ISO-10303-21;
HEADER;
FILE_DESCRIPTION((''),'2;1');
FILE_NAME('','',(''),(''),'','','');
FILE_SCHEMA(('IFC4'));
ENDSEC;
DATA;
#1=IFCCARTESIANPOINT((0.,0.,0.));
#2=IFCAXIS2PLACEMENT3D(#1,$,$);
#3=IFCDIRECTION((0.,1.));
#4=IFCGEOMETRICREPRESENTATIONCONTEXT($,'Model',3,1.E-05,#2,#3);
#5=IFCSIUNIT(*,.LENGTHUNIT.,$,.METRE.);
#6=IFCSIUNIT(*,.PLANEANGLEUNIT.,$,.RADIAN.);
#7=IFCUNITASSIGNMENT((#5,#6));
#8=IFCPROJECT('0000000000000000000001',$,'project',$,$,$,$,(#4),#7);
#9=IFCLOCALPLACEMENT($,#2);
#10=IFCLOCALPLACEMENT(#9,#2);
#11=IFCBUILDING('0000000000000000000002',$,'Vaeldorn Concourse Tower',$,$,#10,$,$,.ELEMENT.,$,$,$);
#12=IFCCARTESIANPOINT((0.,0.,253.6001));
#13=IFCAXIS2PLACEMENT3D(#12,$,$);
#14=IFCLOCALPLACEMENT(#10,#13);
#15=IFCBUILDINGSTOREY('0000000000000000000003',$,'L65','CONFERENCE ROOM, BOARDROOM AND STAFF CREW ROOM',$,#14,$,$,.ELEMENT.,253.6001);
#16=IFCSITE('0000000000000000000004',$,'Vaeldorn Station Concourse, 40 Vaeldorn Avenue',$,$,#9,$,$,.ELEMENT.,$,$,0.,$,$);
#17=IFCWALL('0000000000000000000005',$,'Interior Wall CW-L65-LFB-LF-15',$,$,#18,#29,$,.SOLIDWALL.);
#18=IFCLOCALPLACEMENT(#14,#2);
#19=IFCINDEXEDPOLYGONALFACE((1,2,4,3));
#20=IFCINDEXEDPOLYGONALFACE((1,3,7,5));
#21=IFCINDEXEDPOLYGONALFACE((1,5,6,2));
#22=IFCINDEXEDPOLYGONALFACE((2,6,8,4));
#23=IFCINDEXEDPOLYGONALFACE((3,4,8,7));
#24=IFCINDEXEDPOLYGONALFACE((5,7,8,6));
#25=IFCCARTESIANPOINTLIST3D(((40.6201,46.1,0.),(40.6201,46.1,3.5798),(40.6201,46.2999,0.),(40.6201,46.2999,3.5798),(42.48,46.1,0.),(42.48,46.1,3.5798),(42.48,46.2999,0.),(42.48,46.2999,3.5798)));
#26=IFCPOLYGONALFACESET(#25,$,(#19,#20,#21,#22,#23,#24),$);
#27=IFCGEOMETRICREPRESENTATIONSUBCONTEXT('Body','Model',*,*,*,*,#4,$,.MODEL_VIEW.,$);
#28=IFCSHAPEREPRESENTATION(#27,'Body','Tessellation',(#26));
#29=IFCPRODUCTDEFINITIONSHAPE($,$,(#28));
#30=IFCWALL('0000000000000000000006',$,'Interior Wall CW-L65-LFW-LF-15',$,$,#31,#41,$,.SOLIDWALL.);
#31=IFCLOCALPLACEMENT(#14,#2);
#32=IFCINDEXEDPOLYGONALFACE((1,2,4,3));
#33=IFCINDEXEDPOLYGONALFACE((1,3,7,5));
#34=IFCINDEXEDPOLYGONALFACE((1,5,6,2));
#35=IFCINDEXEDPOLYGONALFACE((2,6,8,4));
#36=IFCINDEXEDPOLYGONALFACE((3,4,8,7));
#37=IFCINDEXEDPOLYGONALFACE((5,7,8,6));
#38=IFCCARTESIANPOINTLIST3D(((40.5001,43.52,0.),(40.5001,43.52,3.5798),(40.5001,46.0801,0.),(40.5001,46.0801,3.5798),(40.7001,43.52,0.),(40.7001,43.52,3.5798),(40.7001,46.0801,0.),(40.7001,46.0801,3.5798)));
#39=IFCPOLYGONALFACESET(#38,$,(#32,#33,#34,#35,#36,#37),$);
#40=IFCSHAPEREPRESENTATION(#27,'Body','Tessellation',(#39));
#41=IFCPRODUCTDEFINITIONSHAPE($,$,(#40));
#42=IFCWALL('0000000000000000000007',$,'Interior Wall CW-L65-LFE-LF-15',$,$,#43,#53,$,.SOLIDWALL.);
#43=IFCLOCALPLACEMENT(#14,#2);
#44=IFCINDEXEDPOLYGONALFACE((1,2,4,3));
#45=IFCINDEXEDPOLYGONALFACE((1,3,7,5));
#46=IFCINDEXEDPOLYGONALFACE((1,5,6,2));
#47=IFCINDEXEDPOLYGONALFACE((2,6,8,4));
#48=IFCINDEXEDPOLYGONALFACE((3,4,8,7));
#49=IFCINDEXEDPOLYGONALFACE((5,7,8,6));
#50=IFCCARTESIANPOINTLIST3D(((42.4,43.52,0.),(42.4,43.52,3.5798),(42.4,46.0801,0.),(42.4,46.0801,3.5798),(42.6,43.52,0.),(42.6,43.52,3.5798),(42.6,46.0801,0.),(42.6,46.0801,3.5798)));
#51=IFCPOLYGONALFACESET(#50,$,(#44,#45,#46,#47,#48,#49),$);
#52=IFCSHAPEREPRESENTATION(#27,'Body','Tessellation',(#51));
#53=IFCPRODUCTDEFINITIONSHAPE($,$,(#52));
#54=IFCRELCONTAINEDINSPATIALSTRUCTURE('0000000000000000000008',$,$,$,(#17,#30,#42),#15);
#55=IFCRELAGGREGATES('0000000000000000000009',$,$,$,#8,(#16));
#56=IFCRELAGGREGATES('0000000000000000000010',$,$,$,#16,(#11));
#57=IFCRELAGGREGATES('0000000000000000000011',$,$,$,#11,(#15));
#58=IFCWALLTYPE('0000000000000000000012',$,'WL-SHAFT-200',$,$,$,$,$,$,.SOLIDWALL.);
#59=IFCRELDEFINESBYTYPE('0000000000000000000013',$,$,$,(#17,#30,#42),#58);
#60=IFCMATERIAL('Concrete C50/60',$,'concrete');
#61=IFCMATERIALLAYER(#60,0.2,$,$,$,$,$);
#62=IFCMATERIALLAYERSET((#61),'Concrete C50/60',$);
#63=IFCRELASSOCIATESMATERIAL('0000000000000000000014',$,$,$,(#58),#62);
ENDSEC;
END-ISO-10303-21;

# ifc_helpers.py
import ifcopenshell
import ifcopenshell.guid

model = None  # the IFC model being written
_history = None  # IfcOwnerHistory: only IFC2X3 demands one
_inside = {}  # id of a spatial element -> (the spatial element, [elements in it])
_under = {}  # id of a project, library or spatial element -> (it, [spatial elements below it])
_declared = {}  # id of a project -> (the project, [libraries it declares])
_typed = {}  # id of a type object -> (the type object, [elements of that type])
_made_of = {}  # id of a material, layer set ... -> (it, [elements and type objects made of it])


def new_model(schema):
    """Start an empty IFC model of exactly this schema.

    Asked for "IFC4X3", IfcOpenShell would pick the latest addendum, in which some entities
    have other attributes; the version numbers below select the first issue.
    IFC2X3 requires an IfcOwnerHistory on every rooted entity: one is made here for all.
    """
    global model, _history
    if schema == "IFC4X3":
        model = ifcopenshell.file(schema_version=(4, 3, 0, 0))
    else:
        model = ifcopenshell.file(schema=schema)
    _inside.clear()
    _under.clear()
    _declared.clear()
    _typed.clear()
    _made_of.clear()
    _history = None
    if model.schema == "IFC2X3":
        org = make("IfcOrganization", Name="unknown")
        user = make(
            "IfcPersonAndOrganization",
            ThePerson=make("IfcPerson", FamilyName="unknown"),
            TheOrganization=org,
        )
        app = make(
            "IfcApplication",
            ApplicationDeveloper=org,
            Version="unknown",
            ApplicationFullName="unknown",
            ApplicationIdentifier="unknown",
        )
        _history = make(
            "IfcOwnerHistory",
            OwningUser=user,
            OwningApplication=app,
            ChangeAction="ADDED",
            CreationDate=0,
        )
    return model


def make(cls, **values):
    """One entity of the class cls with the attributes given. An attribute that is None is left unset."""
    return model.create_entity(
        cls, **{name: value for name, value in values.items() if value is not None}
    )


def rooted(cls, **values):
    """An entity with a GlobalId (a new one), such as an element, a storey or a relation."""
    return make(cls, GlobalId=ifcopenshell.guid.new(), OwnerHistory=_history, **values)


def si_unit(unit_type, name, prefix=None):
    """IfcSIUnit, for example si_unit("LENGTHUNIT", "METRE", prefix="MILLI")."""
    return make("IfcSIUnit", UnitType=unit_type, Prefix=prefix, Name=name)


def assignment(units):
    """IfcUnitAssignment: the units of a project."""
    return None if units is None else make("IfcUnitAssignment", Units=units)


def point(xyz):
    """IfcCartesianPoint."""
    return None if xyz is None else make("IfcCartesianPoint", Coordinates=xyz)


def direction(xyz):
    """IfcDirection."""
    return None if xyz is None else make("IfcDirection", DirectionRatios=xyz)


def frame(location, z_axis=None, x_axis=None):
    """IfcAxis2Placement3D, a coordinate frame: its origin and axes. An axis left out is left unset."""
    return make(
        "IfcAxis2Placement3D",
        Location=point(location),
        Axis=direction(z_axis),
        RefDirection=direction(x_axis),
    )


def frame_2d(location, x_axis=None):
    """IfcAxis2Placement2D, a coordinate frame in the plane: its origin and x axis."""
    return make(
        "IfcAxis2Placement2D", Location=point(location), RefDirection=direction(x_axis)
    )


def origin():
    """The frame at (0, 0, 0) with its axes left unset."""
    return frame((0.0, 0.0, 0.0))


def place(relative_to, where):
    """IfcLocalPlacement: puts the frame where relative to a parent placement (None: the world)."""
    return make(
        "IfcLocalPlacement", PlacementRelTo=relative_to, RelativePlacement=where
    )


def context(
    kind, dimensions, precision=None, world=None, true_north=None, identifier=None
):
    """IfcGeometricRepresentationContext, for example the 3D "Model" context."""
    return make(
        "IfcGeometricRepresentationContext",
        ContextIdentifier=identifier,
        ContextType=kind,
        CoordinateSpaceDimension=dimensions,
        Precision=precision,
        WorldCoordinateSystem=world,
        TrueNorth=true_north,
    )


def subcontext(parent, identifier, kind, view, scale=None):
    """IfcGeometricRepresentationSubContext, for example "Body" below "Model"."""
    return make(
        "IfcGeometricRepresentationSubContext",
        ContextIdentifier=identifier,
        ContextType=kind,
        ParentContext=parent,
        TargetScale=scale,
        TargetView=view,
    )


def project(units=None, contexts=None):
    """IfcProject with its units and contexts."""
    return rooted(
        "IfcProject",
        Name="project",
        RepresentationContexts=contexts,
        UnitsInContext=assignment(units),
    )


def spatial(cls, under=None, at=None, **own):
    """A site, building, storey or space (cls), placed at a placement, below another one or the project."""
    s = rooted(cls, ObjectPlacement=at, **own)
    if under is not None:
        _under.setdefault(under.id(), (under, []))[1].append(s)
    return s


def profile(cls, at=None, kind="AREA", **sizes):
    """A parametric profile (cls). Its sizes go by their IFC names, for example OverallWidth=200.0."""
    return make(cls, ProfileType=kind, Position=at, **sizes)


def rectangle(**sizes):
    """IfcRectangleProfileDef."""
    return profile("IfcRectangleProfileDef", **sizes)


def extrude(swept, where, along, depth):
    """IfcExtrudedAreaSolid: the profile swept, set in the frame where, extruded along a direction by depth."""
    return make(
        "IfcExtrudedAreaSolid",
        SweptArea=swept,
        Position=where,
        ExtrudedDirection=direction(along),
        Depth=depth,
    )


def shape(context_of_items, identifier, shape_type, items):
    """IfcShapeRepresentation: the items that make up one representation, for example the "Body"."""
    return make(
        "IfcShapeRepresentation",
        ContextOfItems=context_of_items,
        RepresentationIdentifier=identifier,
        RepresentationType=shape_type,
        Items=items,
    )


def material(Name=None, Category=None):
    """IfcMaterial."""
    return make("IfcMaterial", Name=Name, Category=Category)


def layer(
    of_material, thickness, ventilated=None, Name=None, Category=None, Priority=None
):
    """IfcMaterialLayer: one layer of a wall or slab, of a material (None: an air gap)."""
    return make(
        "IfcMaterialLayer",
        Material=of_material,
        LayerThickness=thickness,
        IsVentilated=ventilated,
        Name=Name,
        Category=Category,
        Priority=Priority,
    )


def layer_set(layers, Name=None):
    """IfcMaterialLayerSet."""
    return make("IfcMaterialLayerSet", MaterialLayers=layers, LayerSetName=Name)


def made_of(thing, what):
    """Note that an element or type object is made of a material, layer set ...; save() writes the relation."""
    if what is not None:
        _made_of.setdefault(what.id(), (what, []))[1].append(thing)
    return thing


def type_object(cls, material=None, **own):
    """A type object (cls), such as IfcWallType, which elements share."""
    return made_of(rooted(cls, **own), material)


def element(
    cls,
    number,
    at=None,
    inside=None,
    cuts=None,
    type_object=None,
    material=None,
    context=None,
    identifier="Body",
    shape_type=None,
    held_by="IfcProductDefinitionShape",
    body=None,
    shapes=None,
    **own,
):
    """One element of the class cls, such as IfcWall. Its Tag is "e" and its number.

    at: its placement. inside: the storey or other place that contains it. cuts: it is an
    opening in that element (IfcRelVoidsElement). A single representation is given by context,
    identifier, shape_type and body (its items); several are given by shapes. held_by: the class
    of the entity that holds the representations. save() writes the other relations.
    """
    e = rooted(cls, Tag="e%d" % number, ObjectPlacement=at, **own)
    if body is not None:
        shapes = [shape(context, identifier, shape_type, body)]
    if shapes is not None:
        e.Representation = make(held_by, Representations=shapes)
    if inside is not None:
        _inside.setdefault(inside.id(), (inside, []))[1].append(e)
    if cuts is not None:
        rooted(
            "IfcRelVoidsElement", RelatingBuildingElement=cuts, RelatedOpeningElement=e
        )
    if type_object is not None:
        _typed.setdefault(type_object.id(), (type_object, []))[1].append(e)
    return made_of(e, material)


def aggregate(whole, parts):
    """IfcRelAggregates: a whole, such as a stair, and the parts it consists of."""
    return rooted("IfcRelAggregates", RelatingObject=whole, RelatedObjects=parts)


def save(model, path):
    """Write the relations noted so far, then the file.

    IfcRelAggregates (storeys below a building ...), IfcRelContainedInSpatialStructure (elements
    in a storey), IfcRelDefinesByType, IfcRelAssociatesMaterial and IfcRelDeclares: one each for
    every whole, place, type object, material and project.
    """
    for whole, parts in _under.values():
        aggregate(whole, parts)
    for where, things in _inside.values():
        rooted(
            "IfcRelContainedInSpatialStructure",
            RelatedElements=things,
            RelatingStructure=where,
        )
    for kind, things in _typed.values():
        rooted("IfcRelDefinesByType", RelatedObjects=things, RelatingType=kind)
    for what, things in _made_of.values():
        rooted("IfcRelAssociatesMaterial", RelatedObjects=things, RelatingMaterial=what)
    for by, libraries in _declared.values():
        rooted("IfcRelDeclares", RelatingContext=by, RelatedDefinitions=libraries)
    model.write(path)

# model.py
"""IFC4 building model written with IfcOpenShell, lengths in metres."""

from ifc_helpers import new_model, si_unit, direction, frame, frame_2d, origin, place, context, subcontext, project, spatial, rectangle, extrude, material, layer, layer_set, type_object, element, save


model = new_model("IFC4")

# Units and contexts
model_context = context("Model", 3, precision=1e-05, world=origin(), true_north=direction((0.0, 1.0)))
body_context = subcontext(model_context, "Body", "Model", "MODEL_VIEW")
ifc_project = project(units=[si_unit("LENGTHUNIT", "METRE"), si_unit("PLANEANGLEUNIT", "RADIAN")], contexts=[model_context])

# Site, building, storey
site_placement = place(None, origin())
site = spatial("IfcSite", under=ifc_project, at=site_placement, Name="Vaeldorn Station Concourse, 40 Vaeldorn Avenue", CompositionType="ELEMENT", RefElevation=0.0)
building_placement = place(site_placement, origin())
building = spatial("IfcBuilding", under=site, at=building_placement, Name="Vaeldorn Concourse Tower", CompositionType="ELEMENT")
storey_placement = place(building_placement, frame((0.0, 0.0, 253.6001)))
storey = spatial("IfcBuildingStorey", under=building, at=storey_placement, Name="L65", Description="CONFERENCE ROOM, BOARDROOM AND STAFF CREW ROOM", CompositionType="ELEMENT", Elevation=253.6001)

# Shared definitions
ifc_material_1 = material(Name="Concrete C50/60", Category="concrete")

# Shared definitions
ifc_layer_1 = layer(ifc_material_1, 0.2)
ifc_layer_set_1 = layer_set([ifc_layer_1], Name="Concrete C50/60")
wall_type_1 = type_object("IfcWallType", Name="WL-SHAFT-200", PredefinedType="SOLIDWALL", material=ifc_layer_set_1)

# Walls
wall_1_placement = place(storey_placement, frame((40.6201, 46.2, 0.0), z_axis=(0.0, 0.0, 1.0), x_axis=(1.0, 0.0, 0.0)))
element("IfcWall", 1, at=wall_1_placement, inside=storey, type_object=wall_type_1, Name="Interior Wall CW-L65-LFB-LF-15", PredefinedType="SOLIDWALL", context=body_context, shape_type="SweptSolid", body=[
    extrude(rectangle(XDim=1.8599, YDim=0.2, at=frame_2d((0.9299, 0.0))), origin(), (0.0, 0.0, 1.0), 3.5798),
])
for number, where, z_axis, x_axis, name in (
    (2, (40.6001, 43.52, 0.0), (0.0, 0.0, 1.0), (0.0, 1.0, 0.0), "Interior Wall CW-L65-LFW-LF-15"),
    (3, (42.5, 43.52, 0.0), (0.0, 0.0, 1.0), (0.0, 1.0, 0.0), "Interior Wall CW-L65-LFE-LF-15"),
):
    element("IfcWall", number, at=place(storey_placement, frame(where, z_axis=z_axis, x_axis=x_axis)), inside=storey, type_object=wall_type_1, Name=name, PredefinedType="SOLIDWALL", context=body_context, shape_type="SweptSolid", body=[
        extrude(rectangle(XDim=2.5601, YDim=0.2, at=frame_2d((1.28, 0.0))), origin(), (0.0, 0.0, 1.0), 3.5798),
    ])

save(model, "model.ifc")
